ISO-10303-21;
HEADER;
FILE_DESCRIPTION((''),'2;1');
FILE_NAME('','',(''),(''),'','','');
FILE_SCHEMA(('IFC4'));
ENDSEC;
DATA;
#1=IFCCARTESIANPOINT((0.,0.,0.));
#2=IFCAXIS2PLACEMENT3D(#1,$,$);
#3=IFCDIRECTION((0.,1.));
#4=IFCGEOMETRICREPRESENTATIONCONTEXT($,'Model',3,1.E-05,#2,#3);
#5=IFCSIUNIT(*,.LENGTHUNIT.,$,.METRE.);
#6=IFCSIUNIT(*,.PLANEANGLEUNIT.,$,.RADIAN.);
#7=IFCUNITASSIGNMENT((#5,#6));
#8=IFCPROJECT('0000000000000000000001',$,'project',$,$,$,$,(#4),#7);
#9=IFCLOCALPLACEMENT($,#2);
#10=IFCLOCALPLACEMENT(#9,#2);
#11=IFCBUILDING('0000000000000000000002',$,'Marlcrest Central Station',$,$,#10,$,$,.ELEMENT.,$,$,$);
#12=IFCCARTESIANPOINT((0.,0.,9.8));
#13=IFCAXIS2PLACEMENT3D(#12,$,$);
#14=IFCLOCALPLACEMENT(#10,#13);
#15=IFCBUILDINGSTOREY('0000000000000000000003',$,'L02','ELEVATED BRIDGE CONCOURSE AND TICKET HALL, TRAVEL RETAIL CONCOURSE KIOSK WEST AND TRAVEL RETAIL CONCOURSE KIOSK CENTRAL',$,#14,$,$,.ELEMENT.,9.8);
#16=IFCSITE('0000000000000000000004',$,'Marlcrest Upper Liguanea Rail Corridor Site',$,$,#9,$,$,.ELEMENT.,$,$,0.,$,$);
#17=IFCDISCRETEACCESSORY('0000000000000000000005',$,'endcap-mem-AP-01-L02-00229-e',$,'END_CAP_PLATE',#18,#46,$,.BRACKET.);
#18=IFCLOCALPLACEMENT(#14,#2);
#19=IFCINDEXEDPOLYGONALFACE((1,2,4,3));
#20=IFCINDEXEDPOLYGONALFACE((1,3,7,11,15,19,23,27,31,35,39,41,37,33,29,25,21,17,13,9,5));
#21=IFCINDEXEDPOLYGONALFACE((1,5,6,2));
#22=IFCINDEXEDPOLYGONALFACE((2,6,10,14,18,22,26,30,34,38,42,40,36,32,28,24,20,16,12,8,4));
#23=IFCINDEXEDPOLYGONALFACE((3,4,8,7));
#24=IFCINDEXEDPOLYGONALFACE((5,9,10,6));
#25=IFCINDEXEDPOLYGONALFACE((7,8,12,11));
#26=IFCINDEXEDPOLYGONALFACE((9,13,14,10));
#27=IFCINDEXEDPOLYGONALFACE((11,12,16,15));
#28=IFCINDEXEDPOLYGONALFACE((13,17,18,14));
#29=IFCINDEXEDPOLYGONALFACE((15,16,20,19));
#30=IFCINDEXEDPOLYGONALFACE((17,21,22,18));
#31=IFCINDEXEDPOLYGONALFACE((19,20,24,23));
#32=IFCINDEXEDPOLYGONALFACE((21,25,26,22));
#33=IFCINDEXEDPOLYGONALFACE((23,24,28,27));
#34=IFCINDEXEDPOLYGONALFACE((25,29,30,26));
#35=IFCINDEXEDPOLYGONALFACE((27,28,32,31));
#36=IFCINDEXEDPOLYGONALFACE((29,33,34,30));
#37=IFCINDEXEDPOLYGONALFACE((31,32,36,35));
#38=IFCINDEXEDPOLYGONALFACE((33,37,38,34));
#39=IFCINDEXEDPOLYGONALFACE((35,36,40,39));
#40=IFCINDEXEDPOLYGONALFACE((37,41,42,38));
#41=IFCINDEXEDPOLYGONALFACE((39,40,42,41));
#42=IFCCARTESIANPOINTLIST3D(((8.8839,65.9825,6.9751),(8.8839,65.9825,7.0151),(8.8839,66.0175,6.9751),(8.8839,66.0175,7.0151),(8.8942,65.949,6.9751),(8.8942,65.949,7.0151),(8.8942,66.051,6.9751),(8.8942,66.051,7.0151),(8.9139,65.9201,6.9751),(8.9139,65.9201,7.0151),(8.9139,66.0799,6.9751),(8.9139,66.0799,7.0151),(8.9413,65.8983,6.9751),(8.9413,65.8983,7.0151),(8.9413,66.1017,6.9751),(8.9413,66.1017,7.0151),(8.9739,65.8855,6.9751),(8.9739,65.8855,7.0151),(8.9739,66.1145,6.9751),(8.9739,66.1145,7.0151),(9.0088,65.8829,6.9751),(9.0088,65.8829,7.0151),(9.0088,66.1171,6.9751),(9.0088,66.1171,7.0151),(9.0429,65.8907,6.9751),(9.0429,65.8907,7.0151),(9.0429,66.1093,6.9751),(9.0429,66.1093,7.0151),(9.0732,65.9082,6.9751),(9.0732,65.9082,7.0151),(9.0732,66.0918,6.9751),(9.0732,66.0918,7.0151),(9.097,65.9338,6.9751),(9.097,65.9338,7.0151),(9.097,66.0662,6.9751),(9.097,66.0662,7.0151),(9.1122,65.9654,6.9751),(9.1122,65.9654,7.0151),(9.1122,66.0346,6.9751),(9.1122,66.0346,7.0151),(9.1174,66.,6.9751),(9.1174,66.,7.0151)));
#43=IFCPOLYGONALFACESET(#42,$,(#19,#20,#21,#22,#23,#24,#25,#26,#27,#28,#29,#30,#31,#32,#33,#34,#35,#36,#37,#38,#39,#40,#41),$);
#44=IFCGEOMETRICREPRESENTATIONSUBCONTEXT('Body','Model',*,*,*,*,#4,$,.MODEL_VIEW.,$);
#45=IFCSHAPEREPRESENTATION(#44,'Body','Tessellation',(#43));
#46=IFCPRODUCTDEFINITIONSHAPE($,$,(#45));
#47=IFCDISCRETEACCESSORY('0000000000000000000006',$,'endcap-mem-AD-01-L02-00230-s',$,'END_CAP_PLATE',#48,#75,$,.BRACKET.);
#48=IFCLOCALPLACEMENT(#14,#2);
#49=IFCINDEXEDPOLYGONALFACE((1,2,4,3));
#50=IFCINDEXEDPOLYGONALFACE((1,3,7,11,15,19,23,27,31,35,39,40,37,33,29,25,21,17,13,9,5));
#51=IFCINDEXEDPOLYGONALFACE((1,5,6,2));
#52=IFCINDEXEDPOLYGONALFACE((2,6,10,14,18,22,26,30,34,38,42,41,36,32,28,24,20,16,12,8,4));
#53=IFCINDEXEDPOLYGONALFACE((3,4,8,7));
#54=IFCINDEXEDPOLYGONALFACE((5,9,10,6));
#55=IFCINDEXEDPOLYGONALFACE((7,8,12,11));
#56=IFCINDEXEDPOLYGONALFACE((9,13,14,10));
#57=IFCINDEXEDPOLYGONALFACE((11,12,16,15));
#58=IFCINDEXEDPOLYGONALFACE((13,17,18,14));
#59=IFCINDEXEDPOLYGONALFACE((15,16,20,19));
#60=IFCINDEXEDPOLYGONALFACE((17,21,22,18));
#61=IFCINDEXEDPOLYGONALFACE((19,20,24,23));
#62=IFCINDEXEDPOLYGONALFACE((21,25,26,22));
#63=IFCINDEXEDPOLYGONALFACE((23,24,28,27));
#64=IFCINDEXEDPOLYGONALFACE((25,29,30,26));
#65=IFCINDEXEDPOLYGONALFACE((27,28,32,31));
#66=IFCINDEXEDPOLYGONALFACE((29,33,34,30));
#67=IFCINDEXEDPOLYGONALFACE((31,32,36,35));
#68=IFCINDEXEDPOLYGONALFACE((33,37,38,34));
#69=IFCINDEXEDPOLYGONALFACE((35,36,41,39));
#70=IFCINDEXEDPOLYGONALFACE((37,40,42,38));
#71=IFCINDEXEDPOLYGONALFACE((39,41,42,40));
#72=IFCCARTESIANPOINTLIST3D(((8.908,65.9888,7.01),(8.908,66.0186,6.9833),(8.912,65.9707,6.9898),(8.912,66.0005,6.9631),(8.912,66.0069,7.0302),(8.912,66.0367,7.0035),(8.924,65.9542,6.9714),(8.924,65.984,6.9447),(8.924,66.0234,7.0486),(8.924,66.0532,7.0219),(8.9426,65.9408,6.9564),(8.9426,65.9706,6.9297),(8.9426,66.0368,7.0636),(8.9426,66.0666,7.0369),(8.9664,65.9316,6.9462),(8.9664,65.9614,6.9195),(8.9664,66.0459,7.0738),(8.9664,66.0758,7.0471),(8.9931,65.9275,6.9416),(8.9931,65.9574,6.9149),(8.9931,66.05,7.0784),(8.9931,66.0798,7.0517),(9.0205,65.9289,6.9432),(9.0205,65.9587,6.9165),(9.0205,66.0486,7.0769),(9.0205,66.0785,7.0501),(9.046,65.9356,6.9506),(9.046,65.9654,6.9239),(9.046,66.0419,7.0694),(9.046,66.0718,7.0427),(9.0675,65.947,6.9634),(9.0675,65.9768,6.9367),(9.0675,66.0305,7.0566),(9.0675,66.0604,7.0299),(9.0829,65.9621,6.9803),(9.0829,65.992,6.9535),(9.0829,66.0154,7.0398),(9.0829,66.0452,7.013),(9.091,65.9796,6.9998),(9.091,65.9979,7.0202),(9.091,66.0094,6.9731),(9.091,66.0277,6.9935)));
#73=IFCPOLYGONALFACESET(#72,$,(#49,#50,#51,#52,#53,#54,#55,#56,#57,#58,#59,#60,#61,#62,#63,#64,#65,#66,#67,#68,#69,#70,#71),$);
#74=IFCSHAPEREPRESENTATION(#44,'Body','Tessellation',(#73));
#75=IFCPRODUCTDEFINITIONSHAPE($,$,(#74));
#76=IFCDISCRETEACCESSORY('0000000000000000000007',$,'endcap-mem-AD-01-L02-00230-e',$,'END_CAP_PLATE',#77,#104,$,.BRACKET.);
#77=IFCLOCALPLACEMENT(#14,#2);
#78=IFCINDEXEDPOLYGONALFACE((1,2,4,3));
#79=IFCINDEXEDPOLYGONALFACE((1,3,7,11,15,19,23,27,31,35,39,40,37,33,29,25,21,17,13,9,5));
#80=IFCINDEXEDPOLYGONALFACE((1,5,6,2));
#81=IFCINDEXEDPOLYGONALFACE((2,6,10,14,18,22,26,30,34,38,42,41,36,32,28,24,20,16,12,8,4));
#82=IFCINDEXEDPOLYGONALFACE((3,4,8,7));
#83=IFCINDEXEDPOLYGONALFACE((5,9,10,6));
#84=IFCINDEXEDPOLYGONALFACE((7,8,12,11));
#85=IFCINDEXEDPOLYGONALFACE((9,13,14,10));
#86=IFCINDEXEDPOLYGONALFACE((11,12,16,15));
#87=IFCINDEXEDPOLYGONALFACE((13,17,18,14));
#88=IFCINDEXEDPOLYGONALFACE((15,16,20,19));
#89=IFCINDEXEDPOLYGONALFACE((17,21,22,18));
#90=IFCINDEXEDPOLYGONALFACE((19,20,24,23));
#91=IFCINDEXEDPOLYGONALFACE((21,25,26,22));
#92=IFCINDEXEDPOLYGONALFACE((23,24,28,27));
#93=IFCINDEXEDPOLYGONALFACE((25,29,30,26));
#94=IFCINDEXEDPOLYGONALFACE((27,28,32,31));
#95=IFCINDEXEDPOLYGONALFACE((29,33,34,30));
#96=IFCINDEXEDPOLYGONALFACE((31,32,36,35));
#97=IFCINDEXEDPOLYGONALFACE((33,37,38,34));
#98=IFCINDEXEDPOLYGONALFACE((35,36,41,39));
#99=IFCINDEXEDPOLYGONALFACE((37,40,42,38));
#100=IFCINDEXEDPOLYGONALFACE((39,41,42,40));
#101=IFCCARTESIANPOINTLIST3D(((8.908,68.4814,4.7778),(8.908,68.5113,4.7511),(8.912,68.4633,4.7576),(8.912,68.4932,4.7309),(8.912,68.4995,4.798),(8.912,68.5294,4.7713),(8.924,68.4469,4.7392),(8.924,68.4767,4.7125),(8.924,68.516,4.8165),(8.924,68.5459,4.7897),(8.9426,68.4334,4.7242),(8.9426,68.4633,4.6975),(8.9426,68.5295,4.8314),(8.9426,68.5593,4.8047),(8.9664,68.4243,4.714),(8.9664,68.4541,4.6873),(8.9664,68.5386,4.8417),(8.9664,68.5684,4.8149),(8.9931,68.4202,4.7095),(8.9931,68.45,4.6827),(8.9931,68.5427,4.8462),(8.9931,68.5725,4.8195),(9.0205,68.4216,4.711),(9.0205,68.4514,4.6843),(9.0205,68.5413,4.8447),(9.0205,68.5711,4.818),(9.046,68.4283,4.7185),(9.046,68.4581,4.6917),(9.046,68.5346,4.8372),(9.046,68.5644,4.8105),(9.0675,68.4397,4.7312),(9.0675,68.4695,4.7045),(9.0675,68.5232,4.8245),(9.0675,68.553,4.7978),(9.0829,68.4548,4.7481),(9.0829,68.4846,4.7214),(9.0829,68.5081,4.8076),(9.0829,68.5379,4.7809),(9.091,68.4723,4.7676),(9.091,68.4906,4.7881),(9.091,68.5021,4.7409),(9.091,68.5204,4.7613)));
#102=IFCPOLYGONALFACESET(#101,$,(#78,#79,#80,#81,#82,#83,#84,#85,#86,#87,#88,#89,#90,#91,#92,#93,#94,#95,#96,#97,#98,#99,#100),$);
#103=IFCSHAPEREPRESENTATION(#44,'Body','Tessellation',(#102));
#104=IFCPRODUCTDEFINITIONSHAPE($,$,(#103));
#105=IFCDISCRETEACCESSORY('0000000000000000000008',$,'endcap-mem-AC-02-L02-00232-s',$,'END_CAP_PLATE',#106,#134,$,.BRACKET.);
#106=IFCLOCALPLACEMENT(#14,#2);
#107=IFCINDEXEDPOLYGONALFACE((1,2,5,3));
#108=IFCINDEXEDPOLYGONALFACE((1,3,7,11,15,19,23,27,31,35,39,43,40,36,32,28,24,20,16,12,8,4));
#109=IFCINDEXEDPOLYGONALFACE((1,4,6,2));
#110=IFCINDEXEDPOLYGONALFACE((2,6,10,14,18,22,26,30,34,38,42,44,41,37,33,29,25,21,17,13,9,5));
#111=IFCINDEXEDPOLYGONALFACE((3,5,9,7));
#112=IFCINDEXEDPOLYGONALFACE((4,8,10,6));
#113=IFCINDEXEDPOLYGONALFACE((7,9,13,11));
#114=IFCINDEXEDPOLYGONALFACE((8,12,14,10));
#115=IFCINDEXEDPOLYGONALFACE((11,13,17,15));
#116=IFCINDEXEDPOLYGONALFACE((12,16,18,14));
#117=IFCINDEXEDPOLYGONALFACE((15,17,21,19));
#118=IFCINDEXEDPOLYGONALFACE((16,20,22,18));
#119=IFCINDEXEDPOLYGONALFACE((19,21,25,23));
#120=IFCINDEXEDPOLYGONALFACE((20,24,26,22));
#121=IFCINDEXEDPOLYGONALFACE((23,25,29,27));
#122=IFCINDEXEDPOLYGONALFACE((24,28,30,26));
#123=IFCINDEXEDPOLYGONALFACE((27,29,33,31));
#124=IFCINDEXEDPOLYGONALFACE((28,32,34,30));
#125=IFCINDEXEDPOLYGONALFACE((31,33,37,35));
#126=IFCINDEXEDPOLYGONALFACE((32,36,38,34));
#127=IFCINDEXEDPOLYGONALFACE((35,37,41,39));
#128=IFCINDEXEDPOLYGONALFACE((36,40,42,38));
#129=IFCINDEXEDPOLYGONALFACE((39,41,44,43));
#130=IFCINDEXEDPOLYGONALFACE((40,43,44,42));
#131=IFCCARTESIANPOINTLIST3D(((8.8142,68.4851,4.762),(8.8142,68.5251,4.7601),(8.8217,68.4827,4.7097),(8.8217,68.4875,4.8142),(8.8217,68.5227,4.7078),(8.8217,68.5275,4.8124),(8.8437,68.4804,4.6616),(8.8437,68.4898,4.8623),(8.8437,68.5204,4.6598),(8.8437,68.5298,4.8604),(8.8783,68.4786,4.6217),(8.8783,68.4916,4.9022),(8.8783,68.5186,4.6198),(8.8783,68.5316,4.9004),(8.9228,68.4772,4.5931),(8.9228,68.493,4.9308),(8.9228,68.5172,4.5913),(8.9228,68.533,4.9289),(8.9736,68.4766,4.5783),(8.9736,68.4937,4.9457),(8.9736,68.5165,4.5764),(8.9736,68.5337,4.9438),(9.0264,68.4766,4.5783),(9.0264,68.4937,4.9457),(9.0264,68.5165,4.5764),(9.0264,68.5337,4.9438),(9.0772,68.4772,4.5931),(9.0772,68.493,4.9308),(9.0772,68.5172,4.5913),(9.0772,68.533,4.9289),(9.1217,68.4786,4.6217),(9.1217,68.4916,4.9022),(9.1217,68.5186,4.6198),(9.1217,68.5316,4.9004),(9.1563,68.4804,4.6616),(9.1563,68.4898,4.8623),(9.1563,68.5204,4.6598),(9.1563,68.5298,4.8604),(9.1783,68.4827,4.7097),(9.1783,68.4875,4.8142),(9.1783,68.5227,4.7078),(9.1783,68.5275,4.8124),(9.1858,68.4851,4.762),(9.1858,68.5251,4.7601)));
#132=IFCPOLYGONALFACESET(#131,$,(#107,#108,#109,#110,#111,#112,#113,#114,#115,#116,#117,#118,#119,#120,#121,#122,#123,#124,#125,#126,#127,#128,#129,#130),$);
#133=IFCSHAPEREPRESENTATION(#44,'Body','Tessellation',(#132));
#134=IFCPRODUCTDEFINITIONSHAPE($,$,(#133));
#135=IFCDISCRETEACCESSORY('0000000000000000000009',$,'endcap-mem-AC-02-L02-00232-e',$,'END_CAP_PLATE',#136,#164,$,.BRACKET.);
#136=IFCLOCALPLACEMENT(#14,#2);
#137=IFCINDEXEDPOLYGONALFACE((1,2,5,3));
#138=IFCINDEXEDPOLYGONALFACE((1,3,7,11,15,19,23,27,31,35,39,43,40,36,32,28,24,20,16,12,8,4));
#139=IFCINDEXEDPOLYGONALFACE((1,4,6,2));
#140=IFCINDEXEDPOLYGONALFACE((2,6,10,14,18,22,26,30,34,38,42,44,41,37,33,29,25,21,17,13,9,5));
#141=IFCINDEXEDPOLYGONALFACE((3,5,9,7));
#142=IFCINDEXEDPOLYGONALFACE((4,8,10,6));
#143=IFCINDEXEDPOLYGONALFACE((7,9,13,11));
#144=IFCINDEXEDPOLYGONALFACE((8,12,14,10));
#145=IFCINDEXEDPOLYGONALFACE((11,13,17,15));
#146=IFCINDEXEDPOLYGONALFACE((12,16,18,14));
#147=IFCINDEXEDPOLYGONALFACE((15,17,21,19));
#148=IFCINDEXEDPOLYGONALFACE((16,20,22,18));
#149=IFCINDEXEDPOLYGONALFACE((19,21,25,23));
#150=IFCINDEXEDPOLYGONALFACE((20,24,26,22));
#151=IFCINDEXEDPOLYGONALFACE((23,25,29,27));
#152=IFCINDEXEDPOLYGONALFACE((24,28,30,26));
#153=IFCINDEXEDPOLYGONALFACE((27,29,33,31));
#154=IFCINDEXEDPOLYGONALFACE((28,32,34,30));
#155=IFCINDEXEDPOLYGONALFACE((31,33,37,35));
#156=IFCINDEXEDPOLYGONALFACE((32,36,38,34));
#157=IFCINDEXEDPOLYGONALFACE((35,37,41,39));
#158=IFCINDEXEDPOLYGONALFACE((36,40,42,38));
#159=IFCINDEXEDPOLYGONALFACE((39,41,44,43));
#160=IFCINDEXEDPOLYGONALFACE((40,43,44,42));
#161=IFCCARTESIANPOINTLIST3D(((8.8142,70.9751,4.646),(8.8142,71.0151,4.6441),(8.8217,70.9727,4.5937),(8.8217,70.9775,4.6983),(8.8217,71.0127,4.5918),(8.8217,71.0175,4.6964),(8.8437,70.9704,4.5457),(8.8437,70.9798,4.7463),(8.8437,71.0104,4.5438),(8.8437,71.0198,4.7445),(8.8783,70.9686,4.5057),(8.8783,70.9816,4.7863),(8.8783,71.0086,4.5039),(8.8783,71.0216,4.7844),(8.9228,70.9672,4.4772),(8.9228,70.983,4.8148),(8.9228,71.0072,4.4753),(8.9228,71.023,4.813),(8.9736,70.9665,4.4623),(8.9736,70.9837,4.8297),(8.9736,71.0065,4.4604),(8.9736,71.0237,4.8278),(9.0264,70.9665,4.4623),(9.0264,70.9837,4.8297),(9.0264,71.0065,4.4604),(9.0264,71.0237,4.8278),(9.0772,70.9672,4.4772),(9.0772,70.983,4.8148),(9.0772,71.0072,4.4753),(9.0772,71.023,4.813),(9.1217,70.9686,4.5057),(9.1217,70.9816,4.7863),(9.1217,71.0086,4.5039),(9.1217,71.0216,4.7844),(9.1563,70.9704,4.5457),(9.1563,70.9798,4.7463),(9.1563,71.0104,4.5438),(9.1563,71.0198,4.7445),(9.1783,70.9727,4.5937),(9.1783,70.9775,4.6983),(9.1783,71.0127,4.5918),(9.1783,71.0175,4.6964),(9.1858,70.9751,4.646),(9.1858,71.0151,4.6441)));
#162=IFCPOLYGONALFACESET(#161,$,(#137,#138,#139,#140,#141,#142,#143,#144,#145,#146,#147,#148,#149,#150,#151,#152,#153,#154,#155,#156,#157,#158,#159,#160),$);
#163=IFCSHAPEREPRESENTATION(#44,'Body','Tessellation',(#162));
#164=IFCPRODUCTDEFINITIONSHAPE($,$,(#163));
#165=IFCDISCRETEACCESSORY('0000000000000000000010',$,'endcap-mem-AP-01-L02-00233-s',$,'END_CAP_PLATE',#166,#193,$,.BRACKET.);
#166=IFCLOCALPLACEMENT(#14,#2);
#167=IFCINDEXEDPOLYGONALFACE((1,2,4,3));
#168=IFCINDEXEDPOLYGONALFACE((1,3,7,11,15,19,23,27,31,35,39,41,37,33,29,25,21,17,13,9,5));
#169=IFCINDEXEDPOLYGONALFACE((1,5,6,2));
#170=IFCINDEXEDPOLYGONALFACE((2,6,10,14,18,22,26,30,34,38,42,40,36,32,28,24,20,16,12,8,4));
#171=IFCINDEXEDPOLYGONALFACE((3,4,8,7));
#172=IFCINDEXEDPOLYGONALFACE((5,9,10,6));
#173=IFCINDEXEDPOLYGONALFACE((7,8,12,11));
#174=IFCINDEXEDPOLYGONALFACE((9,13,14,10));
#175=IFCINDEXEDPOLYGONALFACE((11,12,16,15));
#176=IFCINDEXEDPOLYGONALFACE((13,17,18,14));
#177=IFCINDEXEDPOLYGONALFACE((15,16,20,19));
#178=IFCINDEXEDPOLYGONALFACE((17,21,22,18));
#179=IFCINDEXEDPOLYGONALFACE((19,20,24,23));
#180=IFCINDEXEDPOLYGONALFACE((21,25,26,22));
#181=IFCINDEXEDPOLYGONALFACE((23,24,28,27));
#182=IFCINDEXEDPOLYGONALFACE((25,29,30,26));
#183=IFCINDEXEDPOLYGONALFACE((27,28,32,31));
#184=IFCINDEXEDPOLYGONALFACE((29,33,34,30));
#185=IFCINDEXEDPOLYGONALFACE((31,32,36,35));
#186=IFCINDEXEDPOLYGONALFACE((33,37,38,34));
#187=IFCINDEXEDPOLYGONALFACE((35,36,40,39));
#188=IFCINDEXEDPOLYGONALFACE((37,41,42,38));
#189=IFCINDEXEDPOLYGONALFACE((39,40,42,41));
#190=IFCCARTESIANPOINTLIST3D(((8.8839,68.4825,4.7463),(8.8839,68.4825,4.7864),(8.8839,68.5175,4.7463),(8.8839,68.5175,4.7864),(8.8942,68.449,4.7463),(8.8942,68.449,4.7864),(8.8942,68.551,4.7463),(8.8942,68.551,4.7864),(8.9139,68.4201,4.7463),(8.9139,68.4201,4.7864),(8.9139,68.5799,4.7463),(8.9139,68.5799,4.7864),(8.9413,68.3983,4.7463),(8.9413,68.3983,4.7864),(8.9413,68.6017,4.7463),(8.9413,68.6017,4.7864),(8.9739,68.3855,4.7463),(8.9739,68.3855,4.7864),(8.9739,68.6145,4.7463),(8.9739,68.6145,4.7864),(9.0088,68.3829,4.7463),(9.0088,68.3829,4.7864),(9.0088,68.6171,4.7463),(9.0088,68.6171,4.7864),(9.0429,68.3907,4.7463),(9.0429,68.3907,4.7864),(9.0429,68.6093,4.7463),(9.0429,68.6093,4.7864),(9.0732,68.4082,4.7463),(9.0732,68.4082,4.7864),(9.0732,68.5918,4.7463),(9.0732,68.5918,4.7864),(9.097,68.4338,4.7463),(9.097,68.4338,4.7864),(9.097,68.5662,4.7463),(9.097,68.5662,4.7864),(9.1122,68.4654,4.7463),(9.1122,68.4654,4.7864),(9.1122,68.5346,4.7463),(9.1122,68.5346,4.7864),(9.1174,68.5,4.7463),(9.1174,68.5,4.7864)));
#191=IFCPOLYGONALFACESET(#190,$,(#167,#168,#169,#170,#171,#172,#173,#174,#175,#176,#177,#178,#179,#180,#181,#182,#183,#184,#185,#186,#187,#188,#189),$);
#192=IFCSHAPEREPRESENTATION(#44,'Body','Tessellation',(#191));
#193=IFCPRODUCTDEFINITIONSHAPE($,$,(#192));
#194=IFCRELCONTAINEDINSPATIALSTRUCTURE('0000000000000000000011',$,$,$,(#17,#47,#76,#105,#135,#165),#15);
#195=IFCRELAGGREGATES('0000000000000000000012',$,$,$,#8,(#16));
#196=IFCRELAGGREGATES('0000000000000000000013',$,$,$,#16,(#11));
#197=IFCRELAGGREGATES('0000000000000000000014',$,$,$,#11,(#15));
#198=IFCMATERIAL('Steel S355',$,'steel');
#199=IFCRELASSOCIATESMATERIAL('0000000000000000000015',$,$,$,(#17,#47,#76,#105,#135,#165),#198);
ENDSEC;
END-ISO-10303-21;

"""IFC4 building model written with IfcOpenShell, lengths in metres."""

from ifc_helpers import new_model, si_unit, direction, frame, origin, origin_2d, place, context, subcontext, project, spatial, circle, extrude, material, element, save


model = new_model("IFC4")

# Units and contexts
model_context = context("Model", 3, precision=1e-05, world=origin(), true_north=direction((0.0, 1.0)))
body_context = subcontext(model_context, "Body", "Model", "MODEL_VIEW")
ifc_project = project(units=[si_unit("LENGTHUNIT", "METRE"), si_unit("PLANEANGLEUNIT", "RADIAN")], contexts=[model_context])

# Site, building, storey
site_placement = place(None, origin())
site = spatial("IfcSite", under=ifc_project, at=site_placement, Name="Marlcrest Upper Liguanea Rail Corridor Site", CompositionType="ELEMENT", RefElevation=0.0)
building_placement = place(site_placement, origin())
building = spatial("IfcBuilding", under=site, at=building_placement, Name="Marlcrest Central Station", CompositionType="ELEMENT")
storey_placement = place(building_placement, frame((0.0, 0.0, 9.8)))
storey = spatial("IfcBuildingStorey", under=building, at=storey_placement, Name="L02", Description="ELEVATED BRIDGE CONCOURSE AND TICKET HALL, TRAVEL RETAIL CONCOURSE KIOSK WEST AND TRAVEL RETAIL CONCOURSE KIOSK CENTRAL", CompositionType="ELEMENT", Elevation=9.8)

# Shared definitions
ifc_material = material(Name="Steel S355", Category="steel")

# Discrete accessories
for number, where, z_axis, x_axis, name in (
    (1, (9.0, 66.0, 6.9751), (0.0, 0.0, 1.0), (1.0, 0.0, 0.0), "endcap-mem-AP-01-L02-00229-e"),
):
    element("IfcDiscreteAccessory", number, at=place(storey_placement, frame(where, z_axis=z_axis, x_axis=x_axis)), inside=storey, material=ifc_material, Name=name, ObjectType="END_CAP_PLATE", PredefinedType="BRACKET", context=body_context, shape_type="SweptSolid", body=[
        extrude(circle(Radius=0.1174, at=origin_2d()), origin(), (0.0, 0.0, 1.0), 0.04),
    ])
for number, where, z_axis, x_axis, name in (
    (2, (9.0, 65.9888, 7.01), (0.0, 0.744956, -0.667114), (-1.0, 0.0, 0.0), "endcap-mem-AD-01-L02-00230-s"),
    (3, (9.0, 68.4814, 4.7778), (0.0, 0.744956, -0.667114), (-1.0, 0.0, 0.0), "endcap-mem-AD-01-L02-00230-e"),
):
    element("IfcDiscreteAccessory", number, at=place(storey_placement, frame(where, z_axis=z_axis, x_axis=x_axis)), inside=storey, material=ifc_material, Name=name, ObjectType="END_CAP_PLATE", PredefinedType="BRACKET", context=body_context, shape_type="SweptSolid", body=[
        extrude(circle(Radius=0.092, at=origin_2d()), origin(), (0.0, 0.0, 1.0), 0.04),
    ])
for number, where, z_axis, x_axis, name in (
    (4, (9.0, 68.4851, 4.762), (0.0, 0.998917, -0.046532), (-1.0, 0.0, 0.0), "endcap-mem-AC-02-L02-00232-s"),
    (5, (9.0, 70.9751, 4.646), (0.0, 0.998917, -0.046532), (-1.0, 0.0, 0.0), "endcap-mem-AC-02-L02-00232-e"),
):
    element("IfcDiscreteAccessory", number, at=place(storey_placement, frame(where, z_axis=z_axis, x_axis=x_axis)), inside=storey, material=ifc_material, Name=name, ObjectType="END_CAP_PLATE", PredefinedType="BRACKET", context=body_context, shape_type="SweptSolid", body=[
        extrude(circle(Radius=0.1858, at=origin_2d()), origin(), (0.0, 0.0, 1.0), 0.04),
    ])
for number, where, z_axis, x_axis, name in (
    (6, (9.0, 68.5, 4.7463), (0.0, 0.0, 1.0), (1.0, 0.0, 0.0), "endcap-mem-AP-01-L02-00233-s"),
):
    element("IfcDiscreteAccessory", number, at=place(storey_placement, frame(where, z_axis=z_axis, x_axis=x_axis)), inside=storey, material=ifc_material, Name=name, ObjectType="END_CAP_PLATE", PredefinedType="BRACKET", context=body_context, shape_type="SweptSolid", body=[
        extrude(circle(Radius=0.1174, at=origin_2d()), origin(), (0.0, 0.0, 1.0), 0.04),
    ])

save(model, "model.ifc")
